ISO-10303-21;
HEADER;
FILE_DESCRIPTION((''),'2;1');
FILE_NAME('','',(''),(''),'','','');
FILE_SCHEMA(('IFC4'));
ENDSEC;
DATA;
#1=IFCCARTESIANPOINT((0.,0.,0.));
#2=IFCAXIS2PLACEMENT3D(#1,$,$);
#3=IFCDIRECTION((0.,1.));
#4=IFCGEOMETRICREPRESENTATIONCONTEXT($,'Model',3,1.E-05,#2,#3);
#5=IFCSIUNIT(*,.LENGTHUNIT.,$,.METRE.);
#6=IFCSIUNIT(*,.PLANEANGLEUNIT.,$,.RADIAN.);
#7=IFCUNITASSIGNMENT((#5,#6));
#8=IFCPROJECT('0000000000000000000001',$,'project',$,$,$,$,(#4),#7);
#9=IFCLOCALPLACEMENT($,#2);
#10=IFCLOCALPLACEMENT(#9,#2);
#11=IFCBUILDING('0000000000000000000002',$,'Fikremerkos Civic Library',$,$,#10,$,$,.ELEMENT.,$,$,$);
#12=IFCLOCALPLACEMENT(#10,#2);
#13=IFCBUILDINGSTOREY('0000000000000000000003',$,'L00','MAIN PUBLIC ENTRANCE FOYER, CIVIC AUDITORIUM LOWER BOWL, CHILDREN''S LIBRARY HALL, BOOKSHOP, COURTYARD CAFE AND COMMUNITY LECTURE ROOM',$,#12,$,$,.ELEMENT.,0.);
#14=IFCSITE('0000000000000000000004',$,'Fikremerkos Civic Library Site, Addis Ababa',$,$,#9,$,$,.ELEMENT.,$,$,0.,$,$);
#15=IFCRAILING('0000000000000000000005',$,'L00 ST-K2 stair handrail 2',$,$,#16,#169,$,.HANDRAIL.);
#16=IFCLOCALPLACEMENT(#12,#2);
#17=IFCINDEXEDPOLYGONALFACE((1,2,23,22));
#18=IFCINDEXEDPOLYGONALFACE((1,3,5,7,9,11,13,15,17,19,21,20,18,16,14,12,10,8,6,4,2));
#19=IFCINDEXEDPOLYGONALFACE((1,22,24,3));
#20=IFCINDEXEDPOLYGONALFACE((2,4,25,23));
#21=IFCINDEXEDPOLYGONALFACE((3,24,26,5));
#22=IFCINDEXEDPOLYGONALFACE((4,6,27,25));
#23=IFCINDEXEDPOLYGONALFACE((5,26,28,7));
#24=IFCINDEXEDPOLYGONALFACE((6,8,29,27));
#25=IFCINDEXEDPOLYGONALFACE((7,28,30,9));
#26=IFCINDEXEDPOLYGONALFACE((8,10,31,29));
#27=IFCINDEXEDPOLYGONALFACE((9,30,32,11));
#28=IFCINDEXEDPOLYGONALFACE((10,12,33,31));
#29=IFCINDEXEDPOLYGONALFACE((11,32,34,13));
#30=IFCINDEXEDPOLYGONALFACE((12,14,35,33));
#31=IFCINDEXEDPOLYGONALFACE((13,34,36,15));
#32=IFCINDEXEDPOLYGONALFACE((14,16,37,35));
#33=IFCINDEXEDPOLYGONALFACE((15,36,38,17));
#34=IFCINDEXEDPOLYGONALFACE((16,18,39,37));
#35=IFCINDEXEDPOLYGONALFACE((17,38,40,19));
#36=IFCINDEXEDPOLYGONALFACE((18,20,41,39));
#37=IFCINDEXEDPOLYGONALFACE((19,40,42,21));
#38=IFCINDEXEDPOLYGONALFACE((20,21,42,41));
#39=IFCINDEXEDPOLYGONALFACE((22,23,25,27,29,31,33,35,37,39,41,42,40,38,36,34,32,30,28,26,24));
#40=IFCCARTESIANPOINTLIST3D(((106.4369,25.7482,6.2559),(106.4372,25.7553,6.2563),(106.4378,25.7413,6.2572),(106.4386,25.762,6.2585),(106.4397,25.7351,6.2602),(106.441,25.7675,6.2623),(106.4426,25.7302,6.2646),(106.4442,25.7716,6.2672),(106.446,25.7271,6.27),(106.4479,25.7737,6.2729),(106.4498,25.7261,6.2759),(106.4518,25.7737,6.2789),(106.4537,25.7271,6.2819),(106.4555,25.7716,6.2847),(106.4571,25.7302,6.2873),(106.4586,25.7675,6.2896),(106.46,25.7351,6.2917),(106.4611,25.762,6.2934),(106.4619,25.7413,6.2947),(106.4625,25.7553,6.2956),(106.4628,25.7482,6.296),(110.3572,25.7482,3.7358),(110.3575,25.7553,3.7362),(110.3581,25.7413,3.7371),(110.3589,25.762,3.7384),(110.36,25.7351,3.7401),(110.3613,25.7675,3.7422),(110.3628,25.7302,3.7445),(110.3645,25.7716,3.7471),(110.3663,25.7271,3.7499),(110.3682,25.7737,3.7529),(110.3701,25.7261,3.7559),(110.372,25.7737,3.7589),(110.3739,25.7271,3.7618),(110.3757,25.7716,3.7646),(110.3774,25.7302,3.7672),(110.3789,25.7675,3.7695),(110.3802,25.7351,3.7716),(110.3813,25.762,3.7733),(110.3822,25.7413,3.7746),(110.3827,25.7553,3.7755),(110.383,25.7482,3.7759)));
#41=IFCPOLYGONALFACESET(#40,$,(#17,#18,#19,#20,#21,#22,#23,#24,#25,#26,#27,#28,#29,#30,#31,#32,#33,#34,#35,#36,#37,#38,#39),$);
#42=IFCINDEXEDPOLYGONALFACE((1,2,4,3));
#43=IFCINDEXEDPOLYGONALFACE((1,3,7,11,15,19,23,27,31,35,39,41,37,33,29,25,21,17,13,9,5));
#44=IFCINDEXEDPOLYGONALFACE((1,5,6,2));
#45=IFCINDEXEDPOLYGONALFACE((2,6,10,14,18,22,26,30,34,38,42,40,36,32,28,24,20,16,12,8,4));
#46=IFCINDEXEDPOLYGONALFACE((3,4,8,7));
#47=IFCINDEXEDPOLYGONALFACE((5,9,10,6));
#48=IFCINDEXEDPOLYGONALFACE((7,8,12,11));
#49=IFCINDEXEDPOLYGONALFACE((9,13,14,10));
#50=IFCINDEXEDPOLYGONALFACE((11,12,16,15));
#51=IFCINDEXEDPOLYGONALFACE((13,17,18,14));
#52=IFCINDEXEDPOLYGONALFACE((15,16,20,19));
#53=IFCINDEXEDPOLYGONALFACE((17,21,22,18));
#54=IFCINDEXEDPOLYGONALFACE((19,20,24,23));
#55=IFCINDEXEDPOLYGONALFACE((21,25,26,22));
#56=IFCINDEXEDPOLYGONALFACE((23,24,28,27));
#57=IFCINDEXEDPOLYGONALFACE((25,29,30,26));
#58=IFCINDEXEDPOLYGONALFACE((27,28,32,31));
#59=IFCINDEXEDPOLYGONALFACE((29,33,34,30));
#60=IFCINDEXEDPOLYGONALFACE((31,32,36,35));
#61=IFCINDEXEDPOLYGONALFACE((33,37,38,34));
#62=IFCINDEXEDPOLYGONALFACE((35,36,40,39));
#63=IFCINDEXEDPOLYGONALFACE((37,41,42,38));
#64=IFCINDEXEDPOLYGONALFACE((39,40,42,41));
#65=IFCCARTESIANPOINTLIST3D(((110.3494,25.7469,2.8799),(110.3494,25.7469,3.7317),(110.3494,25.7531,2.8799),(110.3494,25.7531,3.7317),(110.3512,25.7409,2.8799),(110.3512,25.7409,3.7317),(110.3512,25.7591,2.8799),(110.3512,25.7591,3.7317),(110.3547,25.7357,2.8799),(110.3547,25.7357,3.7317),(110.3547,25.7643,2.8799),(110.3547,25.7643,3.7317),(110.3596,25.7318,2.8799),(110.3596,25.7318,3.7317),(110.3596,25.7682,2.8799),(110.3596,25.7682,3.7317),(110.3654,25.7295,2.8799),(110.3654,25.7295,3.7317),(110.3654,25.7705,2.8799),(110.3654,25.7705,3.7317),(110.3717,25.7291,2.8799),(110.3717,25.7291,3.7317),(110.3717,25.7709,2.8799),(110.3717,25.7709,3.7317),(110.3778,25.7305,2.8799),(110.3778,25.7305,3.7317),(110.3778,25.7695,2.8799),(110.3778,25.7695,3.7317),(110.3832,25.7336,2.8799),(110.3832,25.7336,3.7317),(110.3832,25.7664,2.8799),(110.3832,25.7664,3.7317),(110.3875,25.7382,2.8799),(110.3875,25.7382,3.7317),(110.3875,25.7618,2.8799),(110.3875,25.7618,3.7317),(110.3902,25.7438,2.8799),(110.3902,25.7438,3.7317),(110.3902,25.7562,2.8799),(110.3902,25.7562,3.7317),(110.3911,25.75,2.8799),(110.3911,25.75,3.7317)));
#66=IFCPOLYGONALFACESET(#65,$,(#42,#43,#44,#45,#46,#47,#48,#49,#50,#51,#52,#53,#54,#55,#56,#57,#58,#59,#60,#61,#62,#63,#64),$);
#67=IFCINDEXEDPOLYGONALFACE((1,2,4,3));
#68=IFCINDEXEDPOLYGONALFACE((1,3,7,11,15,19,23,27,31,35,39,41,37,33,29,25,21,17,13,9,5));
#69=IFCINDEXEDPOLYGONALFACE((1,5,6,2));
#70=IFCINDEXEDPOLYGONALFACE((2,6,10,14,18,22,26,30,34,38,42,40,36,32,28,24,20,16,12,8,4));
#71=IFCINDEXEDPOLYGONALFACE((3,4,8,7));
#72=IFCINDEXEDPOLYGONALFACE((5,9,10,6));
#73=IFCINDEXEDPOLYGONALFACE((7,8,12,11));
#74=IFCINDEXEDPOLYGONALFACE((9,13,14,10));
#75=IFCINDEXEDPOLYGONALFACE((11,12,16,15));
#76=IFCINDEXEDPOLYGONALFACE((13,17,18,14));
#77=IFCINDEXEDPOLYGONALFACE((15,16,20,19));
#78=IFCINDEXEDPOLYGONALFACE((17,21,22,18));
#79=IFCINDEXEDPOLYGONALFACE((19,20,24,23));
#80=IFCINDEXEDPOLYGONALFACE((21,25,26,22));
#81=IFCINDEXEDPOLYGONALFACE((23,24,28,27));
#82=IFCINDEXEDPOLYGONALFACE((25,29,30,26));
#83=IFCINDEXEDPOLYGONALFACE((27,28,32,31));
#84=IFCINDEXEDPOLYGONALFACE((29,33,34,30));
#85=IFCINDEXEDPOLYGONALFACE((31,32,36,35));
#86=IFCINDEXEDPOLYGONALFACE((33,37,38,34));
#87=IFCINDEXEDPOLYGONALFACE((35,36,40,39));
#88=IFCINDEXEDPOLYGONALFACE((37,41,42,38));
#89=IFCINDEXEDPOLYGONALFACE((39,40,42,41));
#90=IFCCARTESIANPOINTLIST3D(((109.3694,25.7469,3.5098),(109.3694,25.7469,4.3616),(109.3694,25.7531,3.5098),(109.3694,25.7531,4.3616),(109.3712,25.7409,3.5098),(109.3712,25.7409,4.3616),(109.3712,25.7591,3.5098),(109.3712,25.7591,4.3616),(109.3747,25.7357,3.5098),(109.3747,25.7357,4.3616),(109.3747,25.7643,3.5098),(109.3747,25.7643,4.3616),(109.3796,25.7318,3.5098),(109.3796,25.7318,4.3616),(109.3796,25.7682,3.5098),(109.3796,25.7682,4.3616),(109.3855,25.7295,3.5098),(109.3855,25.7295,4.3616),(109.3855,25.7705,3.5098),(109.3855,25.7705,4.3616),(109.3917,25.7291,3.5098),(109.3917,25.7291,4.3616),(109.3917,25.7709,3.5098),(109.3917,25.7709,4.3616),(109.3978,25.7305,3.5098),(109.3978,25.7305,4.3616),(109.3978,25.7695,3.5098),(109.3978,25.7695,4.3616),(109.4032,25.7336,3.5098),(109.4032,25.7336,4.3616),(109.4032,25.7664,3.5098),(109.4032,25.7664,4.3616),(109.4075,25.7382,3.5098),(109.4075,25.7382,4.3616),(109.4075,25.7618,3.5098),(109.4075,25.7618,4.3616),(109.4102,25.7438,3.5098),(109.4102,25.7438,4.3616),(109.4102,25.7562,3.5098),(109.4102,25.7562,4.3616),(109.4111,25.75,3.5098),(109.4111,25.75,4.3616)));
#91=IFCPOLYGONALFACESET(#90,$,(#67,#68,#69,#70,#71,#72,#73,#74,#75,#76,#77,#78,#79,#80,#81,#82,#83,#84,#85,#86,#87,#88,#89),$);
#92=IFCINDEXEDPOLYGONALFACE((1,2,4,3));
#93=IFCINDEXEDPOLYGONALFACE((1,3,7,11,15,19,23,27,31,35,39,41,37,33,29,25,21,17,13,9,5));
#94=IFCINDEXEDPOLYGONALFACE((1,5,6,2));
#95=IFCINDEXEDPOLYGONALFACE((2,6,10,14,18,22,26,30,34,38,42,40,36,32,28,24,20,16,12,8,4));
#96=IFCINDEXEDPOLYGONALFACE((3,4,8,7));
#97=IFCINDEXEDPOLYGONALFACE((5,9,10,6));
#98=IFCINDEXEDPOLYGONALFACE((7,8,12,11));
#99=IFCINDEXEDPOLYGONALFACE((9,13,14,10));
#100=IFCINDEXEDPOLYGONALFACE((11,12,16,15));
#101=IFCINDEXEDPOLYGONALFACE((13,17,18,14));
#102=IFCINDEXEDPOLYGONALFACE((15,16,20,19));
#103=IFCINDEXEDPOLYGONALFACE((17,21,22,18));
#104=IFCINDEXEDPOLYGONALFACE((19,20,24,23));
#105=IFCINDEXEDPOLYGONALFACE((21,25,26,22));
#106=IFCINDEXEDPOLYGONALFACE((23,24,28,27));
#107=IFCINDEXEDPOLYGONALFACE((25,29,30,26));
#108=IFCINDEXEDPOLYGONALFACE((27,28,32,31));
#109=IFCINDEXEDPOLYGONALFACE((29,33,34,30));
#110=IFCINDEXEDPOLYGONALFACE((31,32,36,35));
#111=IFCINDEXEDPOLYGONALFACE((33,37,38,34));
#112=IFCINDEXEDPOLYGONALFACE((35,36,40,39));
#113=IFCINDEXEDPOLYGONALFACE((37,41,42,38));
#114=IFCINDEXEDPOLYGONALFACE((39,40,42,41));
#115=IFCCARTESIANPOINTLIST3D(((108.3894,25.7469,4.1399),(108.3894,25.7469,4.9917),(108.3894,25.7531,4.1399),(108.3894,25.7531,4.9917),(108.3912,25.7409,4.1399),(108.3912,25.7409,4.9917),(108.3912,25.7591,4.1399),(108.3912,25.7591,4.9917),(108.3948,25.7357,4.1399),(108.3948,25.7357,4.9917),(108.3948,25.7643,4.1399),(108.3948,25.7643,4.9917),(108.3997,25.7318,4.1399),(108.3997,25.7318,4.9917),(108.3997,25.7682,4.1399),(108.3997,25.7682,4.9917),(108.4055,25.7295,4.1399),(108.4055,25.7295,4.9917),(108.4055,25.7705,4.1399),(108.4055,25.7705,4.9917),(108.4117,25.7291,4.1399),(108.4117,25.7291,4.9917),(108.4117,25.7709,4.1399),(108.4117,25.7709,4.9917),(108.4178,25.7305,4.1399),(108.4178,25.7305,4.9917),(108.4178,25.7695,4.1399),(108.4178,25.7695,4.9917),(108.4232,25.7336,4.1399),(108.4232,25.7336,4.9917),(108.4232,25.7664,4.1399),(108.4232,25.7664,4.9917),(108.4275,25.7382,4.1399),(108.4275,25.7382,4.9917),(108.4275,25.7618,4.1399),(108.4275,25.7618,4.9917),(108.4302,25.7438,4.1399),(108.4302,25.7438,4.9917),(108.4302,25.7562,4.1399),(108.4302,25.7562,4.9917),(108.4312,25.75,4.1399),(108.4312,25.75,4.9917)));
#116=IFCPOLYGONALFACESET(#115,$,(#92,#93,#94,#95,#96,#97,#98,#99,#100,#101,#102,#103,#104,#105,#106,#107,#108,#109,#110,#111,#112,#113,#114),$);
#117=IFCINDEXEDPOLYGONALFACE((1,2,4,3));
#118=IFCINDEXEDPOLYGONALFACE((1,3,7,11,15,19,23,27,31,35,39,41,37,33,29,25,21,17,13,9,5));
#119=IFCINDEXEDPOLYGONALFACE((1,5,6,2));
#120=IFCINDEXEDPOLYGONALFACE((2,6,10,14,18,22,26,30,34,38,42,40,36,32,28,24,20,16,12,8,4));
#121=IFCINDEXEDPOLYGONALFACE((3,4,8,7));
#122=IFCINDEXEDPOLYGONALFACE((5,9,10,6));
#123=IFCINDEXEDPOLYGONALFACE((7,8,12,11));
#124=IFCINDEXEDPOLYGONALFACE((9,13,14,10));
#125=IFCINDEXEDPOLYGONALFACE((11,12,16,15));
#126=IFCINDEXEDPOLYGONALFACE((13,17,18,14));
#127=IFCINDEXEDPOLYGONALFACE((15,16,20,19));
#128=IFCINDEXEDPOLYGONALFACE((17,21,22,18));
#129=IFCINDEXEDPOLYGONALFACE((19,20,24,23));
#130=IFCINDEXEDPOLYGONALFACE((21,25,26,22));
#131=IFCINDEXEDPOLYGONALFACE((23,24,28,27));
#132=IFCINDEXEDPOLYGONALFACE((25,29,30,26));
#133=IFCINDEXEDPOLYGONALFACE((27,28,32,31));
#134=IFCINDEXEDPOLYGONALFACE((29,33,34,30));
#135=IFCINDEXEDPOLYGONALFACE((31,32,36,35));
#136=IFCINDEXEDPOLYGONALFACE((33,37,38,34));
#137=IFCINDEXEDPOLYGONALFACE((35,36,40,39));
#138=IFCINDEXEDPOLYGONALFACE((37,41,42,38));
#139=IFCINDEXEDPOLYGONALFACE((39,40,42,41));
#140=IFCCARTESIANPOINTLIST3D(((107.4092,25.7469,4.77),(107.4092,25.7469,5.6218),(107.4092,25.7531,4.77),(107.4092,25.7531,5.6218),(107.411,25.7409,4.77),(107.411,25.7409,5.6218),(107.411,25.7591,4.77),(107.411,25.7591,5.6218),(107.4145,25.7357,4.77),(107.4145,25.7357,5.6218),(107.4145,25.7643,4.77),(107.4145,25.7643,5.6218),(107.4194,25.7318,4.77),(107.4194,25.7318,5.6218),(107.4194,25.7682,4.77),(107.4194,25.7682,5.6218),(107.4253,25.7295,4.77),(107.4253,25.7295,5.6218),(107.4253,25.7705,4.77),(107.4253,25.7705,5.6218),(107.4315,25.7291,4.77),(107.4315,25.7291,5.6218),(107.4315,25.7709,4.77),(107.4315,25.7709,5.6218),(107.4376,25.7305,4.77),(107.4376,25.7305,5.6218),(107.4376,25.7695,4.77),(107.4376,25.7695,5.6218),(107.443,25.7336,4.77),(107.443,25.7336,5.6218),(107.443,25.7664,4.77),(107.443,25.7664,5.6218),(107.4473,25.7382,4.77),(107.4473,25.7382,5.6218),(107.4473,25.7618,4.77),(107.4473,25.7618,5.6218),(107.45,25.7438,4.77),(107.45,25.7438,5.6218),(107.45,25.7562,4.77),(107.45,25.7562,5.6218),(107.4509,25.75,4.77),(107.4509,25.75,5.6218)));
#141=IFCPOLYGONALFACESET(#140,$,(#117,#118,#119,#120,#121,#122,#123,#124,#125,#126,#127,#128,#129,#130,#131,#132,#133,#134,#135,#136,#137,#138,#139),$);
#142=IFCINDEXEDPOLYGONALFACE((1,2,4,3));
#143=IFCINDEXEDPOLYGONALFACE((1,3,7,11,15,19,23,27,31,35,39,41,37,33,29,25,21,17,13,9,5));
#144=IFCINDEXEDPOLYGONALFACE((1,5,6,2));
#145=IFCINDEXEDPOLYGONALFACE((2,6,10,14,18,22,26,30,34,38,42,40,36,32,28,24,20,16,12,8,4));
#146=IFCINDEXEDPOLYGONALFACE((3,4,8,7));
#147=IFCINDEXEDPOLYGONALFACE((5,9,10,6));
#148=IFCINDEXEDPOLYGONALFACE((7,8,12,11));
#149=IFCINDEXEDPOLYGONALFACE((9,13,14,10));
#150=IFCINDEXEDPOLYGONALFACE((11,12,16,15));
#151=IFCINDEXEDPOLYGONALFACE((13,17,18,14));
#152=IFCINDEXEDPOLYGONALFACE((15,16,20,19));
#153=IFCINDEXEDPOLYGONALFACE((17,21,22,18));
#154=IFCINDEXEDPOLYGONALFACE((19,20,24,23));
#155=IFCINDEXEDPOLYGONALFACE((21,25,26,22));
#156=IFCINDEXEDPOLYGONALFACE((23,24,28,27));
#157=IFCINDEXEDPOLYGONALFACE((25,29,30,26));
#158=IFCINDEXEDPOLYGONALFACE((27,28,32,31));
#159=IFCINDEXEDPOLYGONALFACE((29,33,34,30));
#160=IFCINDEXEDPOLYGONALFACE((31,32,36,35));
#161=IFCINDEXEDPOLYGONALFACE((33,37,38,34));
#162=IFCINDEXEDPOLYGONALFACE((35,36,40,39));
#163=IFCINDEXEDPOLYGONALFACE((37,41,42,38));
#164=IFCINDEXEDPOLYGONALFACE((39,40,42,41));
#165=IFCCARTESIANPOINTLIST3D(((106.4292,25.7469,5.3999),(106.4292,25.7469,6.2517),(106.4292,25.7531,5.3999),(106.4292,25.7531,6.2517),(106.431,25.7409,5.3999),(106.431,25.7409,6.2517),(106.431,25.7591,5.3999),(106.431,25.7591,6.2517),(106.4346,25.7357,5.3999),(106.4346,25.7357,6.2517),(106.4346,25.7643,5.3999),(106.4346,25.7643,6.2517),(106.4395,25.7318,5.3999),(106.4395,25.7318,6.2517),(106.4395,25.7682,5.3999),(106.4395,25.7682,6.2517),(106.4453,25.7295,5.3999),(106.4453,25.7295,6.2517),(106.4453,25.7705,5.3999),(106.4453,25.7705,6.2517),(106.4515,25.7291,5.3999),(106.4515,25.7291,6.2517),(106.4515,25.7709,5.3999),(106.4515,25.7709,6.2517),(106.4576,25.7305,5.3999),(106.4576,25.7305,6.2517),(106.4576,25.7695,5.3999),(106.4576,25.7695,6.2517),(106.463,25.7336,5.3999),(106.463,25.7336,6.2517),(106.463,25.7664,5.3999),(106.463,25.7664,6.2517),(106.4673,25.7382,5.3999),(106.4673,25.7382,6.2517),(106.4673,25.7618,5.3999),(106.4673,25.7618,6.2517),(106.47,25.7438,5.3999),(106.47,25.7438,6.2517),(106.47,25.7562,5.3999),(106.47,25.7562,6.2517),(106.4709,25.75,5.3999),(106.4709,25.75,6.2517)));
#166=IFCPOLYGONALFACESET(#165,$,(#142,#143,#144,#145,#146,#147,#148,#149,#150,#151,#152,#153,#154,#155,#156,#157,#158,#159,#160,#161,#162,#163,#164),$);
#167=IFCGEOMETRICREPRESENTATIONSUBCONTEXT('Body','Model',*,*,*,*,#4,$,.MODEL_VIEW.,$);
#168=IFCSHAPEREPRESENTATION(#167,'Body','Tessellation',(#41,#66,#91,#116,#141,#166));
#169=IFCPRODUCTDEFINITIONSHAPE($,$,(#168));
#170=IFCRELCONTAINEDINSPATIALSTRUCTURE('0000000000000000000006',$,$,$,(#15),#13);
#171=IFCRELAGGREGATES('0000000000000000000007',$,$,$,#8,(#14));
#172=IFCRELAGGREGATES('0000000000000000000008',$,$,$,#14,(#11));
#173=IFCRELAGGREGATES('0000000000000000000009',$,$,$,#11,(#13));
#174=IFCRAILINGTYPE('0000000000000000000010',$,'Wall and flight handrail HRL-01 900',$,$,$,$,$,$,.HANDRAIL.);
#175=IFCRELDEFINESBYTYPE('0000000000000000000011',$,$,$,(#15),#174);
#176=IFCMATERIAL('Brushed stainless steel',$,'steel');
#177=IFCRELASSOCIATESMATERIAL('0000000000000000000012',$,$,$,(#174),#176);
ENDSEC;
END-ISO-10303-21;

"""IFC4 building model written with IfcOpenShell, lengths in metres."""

from ifc_helpers import new_model, si_unit, direction, frame, origin, origin_2d, place, context, subcontext, project, spatial, circle, extrude, material, type_object, element, save


model = new_model("IFC4")

# Units and contexts
model_context = context("Model", 3, precision=1e-05, world=origin(), true_north=direction((0.0, 1.0)))
body_context = subcontext(model_context, "Body", "Model", "MODEL_VIEW")
ifc_project = project(units=[si_unit("LENGTHUNIT", "METRE"), si_unit("PLANEANGLEUNIT", "RADIAN")], contexts=[model_context])

# Site, building, storey
site_placement = place(None, origin())
site = spatial("IfcSite", under=ifc_project, at=site_placement, Name="Fikremerkos Civic Library Site, Addis Ababa", CompositionType="ELEMENT", RefElevation=0.0)
building_placement = place(site_placement, origin())
building = spatial("IfcBuilding", under=site, at=building_placement, Name="Fikremerkos Civic Library", CompositionType="ELEMENT")
storey_placement = place(building_placement, origin())
storey = spatial("IfcBuildingStorey", under=building, at=storey_placement, Name="L00", Description="MAIN PUBLIC ENTRANCE FOYER, CIVIC AUDITORIUM LOWER BOWL, CHILDREN'S LIBRARY HALL, BOOKSHOP, COURTYARD CAFE AND COMMUNITY LECTURE ROOM", CompositionType="ELEMENT", Elevation=0.0)

# Shared definitions
ifc_material_1 = material(Name="Brushed stainless steel", Category="steel")

# Railing
railing_type_1 = type_object("IfcRailingType", Name="Wall and flight handrail HRL-01 900", PredefinedType="HANDRAIL", material=ifc_material_1)
railing_1_placement = place(storey_placement, frame((110.3701, 25.75, 2.8799)))
element("IfcRailing", 1, at=railing_1_placement, inside=storey, type_object=railing_type_1, Name="L00 ST-K2 stair handrail 2", PredefinedType="HANDRAIL", context=body_context, shape_type="SweptSolid", body=[
    extrude(circle(Radius=0.0239, at=origin_2d()), frame((0.0, 0.0, 0.876), z_axis=(-0.841187, 0.0, 0.540744), x_axis=(0.0, -1.0, 0.0)), (0.0, 0.0, 1.0), 4.6604),
    extrude(circle(Radius=0.021, at=origin_2d()), origin(), (0.0, 0.0, 1.0), 0.8518),
    extrude(circle(Radius=0.021, at=origin_2d()), frame((-0.98, 0.0, 0.6299)), (0.0, 0.0, 1.0), 0.8518),
    extrude(circle(Radius=0.021, at=origin_2d()), frame((-1.96, 0.0, 1.26)), (0.0, 0.0, 1.0), 0.8518),
    extrude(circle(Radius=0.021, at=origin_2d()), frame((-2.9402, 0.0, 1.8901)), (0.0, 0.0, 1.0), 0.8518),
    extrude(circle(Radius=0.021, at=origin_2d()), frame((-3.9202, 0.0, 2.52)), (0.0, 0.0, 1.0), 0.8518),
])

save(model, "model.ifc")
